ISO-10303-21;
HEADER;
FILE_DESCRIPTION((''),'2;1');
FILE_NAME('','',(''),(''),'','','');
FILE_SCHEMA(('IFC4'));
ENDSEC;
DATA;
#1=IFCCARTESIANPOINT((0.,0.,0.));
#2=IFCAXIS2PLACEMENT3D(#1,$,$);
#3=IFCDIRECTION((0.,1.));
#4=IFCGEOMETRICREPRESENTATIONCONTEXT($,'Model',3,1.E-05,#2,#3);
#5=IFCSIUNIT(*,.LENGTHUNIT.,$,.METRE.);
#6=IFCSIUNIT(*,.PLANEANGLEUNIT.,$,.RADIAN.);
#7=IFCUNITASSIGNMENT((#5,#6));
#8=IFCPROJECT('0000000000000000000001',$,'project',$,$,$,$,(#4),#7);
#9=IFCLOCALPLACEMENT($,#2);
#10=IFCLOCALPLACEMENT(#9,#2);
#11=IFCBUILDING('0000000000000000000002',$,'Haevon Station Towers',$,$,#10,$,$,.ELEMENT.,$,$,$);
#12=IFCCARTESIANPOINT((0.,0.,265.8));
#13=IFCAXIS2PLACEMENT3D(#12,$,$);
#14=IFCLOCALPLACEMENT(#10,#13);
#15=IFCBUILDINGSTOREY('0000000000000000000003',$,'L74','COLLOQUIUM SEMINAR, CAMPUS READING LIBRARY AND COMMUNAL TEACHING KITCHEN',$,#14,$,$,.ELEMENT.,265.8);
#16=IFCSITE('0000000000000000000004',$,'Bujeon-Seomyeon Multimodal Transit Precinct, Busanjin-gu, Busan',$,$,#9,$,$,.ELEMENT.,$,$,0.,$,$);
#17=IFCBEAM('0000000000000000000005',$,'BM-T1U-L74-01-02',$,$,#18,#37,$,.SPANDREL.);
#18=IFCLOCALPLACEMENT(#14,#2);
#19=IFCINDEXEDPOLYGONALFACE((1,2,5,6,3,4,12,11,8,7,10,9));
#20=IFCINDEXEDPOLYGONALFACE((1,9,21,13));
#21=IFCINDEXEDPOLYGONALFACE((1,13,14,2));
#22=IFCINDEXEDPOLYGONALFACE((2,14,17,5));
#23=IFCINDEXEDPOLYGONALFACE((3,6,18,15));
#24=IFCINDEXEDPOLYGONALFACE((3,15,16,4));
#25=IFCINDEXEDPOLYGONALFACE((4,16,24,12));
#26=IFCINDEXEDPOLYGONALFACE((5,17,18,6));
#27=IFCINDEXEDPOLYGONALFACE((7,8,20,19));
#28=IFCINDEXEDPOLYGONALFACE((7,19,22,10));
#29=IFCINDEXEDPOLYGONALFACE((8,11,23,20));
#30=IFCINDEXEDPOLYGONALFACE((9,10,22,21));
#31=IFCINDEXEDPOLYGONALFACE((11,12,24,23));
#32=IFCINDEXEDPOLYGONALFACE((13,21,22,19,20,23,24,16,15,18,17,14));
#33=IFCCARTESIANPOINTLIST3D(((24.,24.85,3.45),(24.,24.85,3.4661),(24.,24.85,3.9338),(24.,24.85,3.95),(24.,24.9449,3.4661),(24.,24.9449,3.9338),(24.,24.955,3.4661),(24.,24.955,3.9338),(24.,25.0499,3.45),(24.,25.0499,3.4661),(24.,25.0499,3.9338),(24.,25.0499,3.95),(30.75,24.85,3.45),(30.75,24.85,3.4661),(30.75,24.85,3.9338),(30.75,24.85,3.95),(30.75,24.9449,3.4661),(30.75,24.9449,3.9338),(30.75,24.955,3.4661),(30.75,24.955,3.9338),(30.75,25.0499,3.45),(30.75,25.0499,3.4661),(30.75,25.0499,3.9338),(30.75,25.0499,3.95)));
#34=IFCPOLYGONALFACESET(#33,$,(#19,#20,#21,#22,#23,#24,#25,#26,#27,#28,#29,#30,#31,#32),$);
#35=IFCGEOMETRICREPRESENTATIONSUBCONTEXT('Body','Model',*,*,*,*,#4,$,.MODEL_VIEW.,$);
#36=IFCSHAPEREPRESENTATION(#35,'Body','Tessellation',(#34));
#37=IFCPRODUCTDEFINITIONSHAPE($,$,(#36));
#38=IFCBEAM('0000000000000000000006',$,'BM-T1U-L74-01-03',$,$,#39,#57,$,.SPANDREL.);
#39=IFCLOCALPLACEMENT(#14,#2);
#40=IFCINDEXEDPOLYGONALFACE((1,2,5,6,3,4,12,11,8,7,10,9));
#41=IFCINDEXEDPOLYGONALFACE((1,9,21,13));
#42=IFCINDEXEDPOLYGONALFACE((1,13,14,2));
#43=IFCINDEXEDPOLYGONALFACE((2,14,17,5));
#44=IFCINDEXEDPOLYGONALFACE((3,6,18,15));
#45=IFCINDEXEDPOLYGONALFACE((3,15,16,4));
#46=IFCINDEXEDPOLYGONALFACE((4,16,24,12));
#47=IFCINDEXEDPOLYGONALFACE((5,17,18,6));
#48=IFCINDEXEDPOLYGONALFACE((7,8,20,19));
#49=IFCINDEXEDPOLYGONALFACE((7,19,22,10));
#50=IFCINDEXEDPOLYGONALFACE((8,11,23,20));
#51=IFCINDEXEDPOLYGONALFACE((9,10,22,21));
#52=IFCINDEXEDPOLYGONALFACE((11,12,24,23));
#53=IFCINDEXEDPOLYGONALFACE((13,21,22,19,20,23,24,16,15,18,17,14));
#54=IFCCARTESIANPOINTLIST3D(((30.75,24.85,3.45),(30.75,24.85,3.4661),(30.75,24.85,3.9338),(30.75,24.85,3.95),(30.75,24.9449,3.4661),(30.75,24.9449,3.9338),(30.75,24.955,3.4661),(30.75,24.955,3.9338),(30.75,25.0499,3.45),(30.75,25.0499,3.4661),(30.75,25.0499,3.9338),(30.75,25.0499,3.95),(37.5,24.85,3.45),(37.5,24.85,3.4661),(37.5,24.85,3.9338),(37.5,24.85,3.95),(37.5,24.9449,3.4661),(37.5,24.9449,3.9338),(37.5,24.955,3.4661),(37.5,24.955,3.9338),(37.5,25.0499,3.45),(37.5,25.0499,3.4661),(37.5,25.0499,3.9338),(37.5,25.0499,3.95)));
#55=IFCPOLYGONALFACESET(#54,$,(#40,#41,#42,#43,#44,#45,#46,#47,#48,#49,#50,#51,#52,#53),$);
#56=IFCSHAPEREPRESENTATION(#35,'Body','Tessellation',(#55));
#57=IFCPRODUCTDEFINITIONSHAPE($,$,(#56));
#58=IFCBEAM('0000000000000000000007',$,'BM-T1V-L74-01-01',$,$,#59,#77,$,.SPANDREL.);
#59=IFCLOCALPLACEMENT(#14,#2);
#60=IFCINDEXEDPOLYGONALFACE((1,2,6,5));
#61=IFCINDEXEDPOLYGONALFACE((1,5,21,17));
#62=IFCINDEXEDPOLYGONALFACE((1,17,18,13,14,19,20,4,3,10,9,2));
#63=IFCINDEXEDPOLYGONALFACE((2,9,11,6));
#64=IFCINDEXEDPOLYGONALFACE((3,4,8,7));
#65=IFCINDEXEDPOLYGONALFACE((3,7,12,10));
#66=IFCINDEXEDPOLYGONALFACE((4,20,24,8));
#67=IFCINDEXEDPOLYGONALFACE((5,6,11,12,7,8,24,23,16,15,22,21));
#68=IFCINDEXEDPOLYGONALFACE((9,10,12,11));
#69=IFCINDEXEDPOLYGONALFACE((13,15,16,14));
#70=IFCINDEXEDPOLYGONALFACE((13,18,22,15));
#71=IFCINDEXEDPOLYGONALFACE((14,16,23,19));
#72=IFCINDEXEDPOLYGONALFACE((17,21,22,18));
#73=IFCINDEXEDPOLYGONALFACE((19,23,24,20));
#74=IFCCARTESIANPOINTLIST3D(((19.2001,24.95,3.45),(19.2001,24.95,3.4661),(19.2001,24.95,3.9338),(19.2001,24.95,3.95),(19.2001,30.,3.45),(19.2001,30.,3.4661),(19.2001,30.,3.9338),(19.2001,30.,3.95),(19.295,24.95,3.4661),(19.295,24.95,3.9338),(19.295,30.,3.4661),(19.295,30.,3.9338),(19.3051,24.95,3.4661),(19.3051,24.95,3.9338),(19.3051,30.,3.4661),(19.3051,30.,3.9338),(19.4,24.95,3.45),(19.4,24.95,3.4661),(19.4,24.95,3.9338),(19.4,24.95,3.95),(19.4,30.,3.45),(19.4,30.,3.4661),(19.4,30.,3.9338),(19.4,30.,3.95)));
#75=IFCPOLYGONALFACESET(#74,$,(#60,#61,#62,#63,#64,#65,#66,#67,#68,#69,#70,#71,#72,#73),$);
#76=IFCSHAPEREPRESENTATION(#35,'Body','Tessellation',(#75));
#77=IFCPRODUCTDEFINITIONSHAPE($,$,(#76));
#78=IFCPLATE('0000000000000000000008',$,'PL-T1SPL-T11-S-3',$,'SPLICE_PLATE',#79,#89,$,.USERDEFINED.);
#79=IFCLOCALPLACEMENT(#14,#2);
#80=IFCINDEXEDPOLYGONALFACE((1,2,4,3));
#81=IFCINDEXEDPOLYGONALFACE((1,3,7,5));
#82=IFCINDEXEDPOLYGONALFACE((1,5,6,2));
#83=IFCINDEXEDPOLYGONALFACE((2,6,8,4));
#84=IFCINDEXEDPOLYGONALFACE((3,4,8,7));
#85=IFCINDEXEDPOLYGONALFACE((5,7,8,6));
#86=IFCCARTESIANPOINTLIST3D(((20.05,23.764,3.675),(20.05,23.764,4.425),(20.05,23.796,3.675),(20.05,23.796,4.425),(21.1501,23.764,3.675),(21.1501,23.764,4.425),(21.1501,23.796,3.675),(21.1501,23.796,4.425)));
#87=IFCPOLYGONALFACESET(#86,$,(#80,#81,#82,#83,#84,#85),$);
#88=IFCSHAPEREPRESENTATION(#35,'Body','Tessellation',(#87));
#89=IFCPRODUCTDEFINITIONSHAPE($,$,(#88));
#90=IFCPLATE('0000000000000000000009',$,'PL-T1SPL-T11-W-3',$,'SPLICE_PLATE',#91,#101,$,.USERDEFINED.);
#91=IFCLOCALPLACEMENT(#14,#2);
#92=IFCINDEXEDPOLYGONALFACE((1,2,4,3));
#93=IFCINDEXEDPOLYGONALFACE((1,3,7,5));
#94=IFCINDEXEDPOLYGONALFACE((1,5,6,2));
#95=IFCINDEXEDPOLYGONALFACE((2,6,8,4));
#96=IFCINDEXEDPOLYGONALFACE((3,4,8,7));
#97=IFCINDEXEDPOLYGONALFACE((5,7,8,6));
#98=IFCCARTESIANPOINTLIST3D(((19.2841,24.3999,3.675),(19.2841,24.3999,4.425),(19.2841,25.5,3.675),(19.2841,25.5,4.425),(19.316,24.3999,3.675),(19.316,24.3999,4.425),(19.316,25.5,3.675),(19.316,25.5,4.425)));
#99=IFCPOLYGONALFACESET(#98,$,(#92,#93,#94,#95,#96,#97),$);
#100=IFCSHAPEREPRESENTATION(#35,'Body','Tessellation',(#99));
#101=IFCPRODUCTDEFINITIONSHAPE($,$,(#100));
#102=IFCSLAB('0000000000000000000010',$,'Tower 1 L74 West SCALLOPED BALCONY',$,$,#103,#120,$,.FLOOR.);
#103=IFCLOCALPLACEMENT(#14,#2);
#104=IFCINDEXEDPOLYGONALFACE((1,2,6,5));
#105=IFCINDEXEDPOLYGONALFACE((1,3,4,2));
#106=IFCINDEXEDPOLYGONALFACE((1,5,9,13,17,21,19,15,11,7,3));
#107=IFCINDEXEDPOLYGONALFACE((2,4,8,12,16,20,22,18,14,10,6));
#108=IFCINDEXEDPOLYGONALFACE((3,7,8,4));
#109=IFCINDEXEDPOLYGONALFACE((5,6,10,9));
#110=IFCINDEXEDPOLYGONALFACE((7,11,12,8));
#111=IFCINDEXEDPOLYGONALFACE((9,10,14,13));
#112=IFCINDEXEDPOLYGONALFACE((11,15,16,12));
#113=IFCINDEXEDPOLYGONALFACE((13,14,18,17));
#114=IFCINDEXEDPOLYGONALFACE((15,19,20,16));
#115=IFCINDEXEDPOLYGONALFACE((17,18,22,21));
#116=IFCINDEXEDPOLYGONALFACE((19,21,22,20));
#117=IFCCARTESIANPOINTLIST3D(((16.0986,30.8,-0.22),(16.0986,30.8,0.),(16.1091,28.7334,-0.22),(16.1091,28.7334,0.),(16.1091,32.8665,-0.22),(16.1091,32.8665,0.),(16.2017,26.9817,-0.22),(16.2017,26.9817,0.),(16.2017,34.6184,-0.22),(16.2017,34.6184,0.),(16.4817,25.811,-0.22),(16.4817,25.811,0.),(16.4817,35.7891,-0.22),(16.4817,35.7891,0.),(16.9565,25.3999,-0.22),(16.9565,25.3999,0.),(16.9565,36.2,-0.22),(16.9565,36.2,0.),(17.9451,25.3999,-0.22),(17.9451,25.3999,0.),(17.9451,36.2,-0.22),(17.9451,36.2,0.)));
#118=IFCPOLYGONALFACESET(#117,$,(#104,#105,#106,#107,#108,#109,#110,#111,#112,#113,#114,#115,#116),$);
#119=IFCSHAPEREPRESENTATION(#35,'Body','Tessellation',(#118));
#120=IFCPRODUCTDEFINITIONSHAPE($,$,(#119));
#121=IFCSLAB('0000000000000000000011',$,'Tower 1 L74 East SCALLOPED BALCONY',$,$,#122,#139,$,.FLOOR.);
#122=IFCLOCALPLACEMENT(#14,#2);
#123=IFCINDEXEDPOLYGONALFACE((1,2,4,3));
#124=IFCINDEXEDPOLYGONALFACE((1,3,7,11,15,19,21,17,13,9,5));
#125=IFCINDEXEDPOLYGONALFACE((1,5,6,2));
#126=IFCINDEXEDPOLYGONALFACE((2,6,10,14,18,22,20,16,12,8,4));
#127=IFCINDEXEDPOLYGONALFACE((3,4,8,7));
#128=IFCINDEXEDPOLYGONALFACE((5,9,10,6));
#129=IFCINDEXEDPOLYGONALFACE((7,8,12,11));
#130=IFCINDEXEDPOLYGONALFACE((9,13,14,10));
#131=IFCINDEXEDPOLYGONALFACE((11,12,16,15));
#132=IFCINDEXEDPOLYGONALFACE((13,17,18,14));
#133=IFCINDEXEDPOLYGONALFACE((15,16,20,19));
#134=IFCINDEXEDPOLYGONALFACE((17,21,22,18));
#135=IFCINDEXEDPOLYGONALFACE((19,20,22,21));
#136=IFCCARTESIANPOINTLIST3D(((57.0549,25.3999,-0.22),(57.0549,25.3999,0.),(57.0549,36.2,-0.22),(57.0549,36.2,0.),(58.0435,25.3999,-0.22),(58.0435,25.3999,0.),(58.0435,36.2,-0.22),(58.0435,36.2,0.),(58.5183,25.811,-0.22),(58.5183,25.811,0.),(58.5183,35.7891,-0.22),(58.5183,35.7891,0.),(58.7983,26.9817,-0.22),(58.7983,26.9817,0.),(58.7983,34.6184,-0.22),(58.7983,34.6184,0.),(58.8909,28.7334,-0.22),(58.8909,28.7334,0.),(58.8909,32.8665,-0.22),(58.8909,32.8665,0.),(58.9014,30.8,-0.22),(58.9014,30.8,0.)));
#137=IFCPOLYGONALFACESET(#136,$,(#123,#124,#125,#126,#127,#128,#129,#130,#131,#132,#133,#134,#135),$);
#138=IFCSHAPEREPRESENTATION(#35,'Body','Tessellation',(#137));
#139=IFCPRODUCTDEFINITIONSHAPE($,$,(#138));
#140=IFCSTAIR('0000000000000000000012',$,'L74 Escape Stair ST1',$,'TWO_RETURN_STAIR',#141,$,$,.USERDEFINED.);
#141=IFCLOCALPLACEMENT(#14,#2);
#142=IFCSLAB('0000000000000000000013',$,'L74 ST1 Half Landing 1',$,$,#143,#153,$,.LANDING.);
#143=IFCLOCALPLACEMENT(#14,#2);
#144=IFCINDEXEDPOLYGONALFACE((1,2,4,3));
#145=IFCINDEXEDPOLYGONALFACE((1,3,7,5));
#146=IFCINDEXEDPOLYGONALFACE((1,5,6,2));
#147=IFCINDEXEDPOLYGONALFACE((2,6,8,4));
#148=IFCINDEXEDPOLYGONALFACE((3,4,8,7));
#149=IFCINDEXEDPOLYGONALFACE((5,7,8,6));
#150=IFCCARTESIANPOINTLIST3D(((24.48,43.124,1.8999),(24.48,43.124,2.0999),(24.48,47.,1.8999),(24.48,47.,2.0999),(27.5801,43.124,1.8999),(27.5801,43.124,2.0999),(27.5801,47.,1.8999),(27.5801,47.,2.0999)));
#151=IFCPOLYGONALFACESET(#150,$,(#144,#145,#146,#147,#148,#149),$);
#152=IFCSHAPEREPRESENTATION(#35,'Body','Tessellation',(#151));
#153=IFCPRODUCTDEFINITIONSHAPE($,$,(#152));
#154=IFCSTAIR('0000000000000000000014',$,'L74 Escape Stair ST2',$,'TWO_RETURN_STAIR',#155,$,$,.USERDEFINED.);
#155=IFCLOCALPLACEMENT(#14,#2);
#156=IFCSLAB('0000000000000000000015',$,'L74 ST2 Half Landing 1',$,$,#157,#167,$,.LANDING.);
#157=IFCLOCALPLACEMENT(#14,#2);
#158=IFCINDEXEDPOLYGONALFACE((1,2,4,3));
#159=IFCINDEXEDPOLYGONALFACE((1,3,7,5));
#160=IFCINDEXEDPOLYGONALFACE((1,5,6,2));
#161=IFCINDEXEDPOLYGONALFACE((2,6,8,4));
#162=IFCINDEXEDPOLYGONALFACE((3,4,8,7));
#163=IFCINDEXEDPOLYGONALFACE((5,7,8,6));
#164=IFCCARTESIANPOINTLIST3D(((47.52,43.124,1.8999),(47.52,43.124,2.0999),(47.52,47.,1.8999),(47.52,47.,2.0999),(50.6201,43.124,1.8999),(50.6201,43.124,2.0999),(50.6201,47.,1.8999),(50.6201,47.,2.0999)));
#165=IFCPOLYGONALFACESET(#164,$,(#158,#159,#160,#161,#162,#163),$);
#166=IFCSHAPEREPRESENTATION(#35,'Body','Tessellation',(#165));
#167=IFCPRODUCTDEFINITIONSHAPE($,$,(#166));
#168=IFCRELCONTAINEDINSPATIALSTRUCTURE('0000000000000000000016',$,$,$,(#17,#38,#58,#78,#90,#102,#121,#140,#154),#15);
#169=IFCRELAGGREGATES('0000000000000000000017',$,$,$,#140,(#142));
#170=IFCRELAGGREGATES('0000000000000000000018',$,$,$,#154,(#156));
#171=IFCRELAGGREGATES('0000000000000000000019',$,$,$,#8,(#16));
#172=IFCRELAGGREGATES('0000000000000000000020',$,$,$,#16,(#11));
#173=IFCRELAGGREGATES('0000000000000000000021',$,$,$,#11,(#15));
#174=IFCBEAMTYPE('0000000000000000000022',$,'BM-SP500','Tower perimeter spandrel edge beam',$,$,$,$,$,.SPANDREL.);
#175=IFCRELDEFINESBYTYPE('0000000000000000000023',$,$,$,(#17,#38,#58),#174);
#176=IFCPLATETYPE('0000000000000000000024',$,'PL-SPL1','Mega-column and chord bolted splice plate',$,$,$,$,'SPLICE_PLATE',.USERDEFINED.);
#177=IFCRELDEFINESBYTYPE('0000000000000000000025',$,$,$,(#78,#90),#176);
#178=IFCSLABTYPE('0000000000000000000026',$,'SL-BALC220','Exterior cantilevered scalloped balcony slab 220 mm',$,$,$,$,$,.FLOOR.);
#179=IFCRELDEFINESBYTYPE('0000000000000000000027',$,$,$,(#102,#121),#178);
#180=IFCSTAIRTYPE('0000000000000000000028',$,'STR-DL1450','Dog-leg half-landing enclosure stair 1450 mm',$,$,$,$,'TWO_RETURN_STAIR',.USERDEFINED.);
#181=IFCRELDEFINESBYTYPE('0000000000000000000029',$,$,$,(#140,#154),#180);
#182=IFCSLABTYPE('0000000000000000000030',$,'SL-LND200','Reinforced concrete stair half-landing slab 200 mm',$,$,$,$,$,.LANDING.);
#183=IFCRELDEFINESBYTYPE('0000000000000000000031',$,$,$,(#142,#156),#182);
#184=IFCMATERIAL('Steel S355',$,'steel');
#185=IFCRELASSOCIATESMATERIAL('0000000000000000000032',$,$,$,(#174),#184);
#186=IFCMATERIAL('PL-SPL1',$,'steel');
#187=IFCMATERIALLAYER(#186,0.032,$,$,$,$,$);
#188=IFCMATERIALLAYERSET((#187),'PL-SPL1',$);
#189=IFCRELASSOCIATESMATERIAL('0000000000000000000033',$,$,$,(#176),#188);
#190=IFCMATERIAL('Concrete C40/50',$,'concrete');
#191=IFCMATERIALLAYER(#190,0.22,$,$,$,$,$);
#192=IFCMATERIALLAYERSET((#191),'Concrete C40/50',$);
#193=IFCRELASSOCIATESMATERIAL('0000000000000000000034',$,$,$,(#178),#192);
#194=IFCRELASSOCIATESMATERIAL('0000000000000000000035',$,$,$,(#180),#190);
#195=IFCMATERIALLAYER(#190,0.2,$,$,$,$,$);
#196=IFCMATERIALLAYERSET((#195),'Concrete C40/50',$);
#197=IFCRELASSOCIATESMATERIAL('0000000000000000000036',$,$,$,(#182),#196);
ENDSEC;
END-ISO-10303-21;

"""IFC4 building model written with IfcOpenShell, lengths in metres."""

from ifc_helpers import new_model, si_unit, direction, frame, origin, origin_2d, place, context, subcontext, project, spatial, polyline, rectangle, i_section, outline, extrude, material, layer, layer_set, material_profile, profile_set, type_object, element, aggregate, save


model = new_model("IFC4")

# Units and contexts
model_context = context("Model", 3, precision=1e-05, world=origin(), true_north=direction((0.0, 1.0)))
body_context = subcontext(model_context, "Body", "Model", "MODEL_VIEW")
ifc_project = project(units=[si_unit("LENGTHUNIT", "METRE"), si_unit("PLANEANGLEUNIT", "RADIAN")], contexts=[model_context])

# Site, building, storey
site_placement = place(None, origin())
site = spatial("IfcSite", under=ifc_project, at=site_placement, Name="Bujeon-Seomyeon Multimodal Transit Precinct, Busanjin-gu, Busan", CompositionType="ELEMENT", RefElevation=0.0)
building_placement = place(site_placement, origin())
building = spatial("IfcBuilding", under=site, at=building_placement, Name="Haevon Station Towers", CompositionType="ELEMENT")
storey_placement = place(building_placement, frame((0.0, 0.0, 265.8)))
storey = spatial("IfcBuildingStorey", under=building, at=storey_placement, Name="L74", Description="COLLOQUIUM SEMINAR, CAMPUS READING LIBRARY AND COMMUNAL TEACHING KITCHEN", CompositionType="ELEMENT", Elevation=265.8)

# Shared definitions
ifc_material_1 = material(Name="Steel S355", Category="steel")

# Beams
ifc_material_profile_1 = material_profile(ifc_material_1, i_section(OverallWidth=0.2, OverallDepth=0.5, WebThickness=0.01, FlangeThickness=0.0161, at=origin_2d()), Name="H-500x200x10x16")
ifc_profile_set_1 = profile_set([ifc_material_profile_1], Name="Steel S355")
beam_type_1 = type_object("IfcBeamType", Name="BM-SP500", Description="Tower perimeter spandrel edge beam", PredefinedType="SPANDREL", material=ifc_profile_set_1)
for number, where, z_axis, x_axis, name in (
    (1, (24.0, 24.95, 3.7), (1.0, 0.0, 0.0), (0.0, 1.0, 0.0), "BM-T1U-L74-01-02"),
    (2, (30.75, 24.95, 3.7), (1.0, 0.0, 0.0), (0.0, 1.0, 0.0), "BM-T1U-L74-01-03"),
):
    element("IfcBeam", number, at=place(storey_placement, frame(where, z_axis=z_axis, x_axis=x_axis)), inside=storey, type_object=beam_type_1, Name=name, PredefinedType="SPANDREL", context=body_context, shape_type="SweptSolid", body=[
        extrude(i_section(OverallWidth=0.2, OverallDepth=0.5, WebThickness=0.01, FlangeThickness=0.0161, at=origin_2d()), origin(), (0.0, 0.0, 1.0), 6.75),
    ])
beam_1_placement = place(storey_placement, frame((19.3, 24.95, 3.7), z_axis=(0.0, 1.0, 0.0), x_axis=(-1.0, 0.0, 0.0)))
element("IfcBeam", 3, at=beam_1_placement, inside=storey, type_object=beam_type_1, Name="BM-T1V-L74-01-01", PredefinedType="SPANDREL", context=body_context, shape_type="SweptSolid", body=[
    extrude(i_section(OverallWidth=0.2, OverallDepth=0.5, WebThickness=0.01, FlangeThickness=0.0161, at=origin_2d()), origin(), (0.0, 0.0, 1.0), 5.05),
])

# Plates
ifc_material_2 = material(Name="PL-SPL1", Category="steel")
ifc_layer_1 = layer(ifc_material_2, 0.032)
ifc_layer_set_1 = layer_set([ifc_layer_1], Name="PL-SPL1")
plate_type = type_object("IfcPlateType", Name="PL-SPL1", Description="Mega-column and chord bolted splice plate", ElementType="SPLICE_PLATE", PredefinedType="USERDEFINED", material=ifc_layer_set_1)
for number, where, z_axis, x_axis, name in (
    (4, (20.6001, 23.78, 3.675), (0.0, 0.0, 1.0), (1.0, 0.0, 0.0), "PL-T1SPL-T11-S-3"),
    (5, (19.3, 24.95, 3.675), (0.0, 0.0, 1.0), (0.0, 1.0, 0.0), "PL-T1SPL-T11-W-3"),
):
    element("IfcPlate", number, at=place(storey_placement, frame(where, z_axis=z_axis, x_axis=x_axis)), inside=storey, type_object=plate_type, Name=name, ObjectType="SPLICE_PLATE", PredefinedType="USERDEFINED", context=body_context, shape_type="SweptSolid", body=[
        extrude(rectangle(XDim=1.1001, YDim=0.032, at=origin_2d()), origin(), (0.0, 0.0, 1.0), 0.75),
    ])

# Slabs
ifc_material_3 = material(Name="Concrete C40/50", Category="concrete")
ifc_layer_2 = layer(ifc_material_3, 0.22)
ifc_layer_set_2 = layer_set([ifc_layer_2], Name="Concrete C40/50")
slab_type_1 = type_object("IfcSlabType", Name="SL-BALC220", Description="Exterior cantilevered scalloped balcony slab 220 mm", PredefinedType="FLOOR", material=ifc_layer_set_2)
slab_1_placement = place(storey_placement, frame((0.0, 0.0, -0.22)))
element("IfcSlab", 6, at=slab_1_placement, inside=storey, type_object=slab_type_1, Name="Tower 1 L74 West SCALLOPED BALCONY", PredefinedType="FLOOR", context=body_context, shape_type="SweptSolid", body=[
    extrude(outline(polyline([(17.9451, 36.2), (16.9565, 36.2), (16.4817, 35.7891), (16.2017, 34.6184), (16.1091, 32.8665), (16.0986, 30.8), (16.1091, 28.7334), (16.2017, 26.9817), (16.4817, 25.811), (16.9565, 25.3999), (17.9451, 25.3999), (17.9451, 36.2)])), origin(), (0.0, 0.0, 1.0), 0.22),
])
slab_2_placement = place(storey_placement, frame((0.0, 0.0, -0.22)))
element("IfcSlab", 7, at=slab_2_placement, inside=storey, type_object=slab_type_1, Name="Tower 1 L74 East SCALLOPED BALCONY", PredefinedType="FLOOR", context=body_context, shape_type="SweptSolid", body=[
    extrude(outline(polyline([(57.0549, 25.3999), (58.0435, 25.3999), (58.5183, 25.811), (58.7983, 26.9817), (58.8909, 28.7334), (58.9014, 30.8), (58.8909, 32.8665), (58.7983, 34.6184), (58.5183, 35.7891), (58.0435, 36.2), (57.0549, 36.2), (57.0549, 25.3999)])), origin(), (0.0, 0.0, 1.0), 0.22),
])

# Stairs, slabs
stair_type = type_object("IfcStairType", Name="STR-DL1450", Description="Dog-leg half-landing enclosure stair 1450 mm", ElementType="TWO_RETURN_STAIR", PredefinedType="USERDEFINED", material=ifc_material_3)
stair_1_placement = place(storey_placement, origin())
stair_1 = element("IfcStair", 8, at=stair_1_placement, inside=storey, type_object=stair_type, Name="L74 Escape Stair ST1", ObjectType="TWO_RETURN_STAIR", PredefinedType="USERDEFINED")
ifc_layer_3 = layer(ifc_material_3, 0.2)
ifc_layer_set_3 = layer_set([ifc_layer_3], Name="Concrete C40/50")
slab_type_2 = type_object("IfcSlabType", Name="SL-LND200", Description="Reinforced concrete stair half-landing slab 200 mm", PredefinedType="LANDING", material=ifc_layer_set_3)
slab_3_placement = place(storey_placement, frame((0.0, 0.0, 1.8999)))
slab_3 = element("IfcSlab", 9, at=slab_3_placement, type_object=slab_type_2, Name="L74 ST1 Half Landing 1", PredefinedType="LANDING", context=body_context, shape_type="SweptSolid", body=[
    extrude(outline(polyline([(27.5801, 43.124), (27.5801, 47.0), (24.48, 47.0), (24.48, 43.124), (27.5801, 43.124)])), origin(), (0.0, 0.0, 1.0), 0.2),
])
aggregate(stair_1, [slab_3])
stair_2_placement = place(storey_placement, origin())
stair_2 = element("IfcStair", 10, at=stair_2_placement, inside=storey, type_object=stair_type, Name="L74 Escape Stair ST2", ObjectType="TWO_RETURN_STAIR", PredefinedType="USERDEFINED")
slab_4_placement = place(storey_placement, frame((0.0, 0.0, 1.8999)))
slab_4 = element("IfcSlab", 11, at=slab_4_placement, type_object=slab_type_2, Name="L74 ST2 Half Landing 1", PredefinedType="LANDING", context=body_context, shape_type="SweptSolid", body=[
    extrude(outline(polyline([(50.6201, 43.124), (50.6201, 47.0), (47.52, 47.0), (47.52, 43.124), (50.6201, 43.124)])), origin(), (0.0, 0.0, 1.0), 0.2),
])
aggregate(stair_2, [slab_4])

save(model, "model.ifc")
